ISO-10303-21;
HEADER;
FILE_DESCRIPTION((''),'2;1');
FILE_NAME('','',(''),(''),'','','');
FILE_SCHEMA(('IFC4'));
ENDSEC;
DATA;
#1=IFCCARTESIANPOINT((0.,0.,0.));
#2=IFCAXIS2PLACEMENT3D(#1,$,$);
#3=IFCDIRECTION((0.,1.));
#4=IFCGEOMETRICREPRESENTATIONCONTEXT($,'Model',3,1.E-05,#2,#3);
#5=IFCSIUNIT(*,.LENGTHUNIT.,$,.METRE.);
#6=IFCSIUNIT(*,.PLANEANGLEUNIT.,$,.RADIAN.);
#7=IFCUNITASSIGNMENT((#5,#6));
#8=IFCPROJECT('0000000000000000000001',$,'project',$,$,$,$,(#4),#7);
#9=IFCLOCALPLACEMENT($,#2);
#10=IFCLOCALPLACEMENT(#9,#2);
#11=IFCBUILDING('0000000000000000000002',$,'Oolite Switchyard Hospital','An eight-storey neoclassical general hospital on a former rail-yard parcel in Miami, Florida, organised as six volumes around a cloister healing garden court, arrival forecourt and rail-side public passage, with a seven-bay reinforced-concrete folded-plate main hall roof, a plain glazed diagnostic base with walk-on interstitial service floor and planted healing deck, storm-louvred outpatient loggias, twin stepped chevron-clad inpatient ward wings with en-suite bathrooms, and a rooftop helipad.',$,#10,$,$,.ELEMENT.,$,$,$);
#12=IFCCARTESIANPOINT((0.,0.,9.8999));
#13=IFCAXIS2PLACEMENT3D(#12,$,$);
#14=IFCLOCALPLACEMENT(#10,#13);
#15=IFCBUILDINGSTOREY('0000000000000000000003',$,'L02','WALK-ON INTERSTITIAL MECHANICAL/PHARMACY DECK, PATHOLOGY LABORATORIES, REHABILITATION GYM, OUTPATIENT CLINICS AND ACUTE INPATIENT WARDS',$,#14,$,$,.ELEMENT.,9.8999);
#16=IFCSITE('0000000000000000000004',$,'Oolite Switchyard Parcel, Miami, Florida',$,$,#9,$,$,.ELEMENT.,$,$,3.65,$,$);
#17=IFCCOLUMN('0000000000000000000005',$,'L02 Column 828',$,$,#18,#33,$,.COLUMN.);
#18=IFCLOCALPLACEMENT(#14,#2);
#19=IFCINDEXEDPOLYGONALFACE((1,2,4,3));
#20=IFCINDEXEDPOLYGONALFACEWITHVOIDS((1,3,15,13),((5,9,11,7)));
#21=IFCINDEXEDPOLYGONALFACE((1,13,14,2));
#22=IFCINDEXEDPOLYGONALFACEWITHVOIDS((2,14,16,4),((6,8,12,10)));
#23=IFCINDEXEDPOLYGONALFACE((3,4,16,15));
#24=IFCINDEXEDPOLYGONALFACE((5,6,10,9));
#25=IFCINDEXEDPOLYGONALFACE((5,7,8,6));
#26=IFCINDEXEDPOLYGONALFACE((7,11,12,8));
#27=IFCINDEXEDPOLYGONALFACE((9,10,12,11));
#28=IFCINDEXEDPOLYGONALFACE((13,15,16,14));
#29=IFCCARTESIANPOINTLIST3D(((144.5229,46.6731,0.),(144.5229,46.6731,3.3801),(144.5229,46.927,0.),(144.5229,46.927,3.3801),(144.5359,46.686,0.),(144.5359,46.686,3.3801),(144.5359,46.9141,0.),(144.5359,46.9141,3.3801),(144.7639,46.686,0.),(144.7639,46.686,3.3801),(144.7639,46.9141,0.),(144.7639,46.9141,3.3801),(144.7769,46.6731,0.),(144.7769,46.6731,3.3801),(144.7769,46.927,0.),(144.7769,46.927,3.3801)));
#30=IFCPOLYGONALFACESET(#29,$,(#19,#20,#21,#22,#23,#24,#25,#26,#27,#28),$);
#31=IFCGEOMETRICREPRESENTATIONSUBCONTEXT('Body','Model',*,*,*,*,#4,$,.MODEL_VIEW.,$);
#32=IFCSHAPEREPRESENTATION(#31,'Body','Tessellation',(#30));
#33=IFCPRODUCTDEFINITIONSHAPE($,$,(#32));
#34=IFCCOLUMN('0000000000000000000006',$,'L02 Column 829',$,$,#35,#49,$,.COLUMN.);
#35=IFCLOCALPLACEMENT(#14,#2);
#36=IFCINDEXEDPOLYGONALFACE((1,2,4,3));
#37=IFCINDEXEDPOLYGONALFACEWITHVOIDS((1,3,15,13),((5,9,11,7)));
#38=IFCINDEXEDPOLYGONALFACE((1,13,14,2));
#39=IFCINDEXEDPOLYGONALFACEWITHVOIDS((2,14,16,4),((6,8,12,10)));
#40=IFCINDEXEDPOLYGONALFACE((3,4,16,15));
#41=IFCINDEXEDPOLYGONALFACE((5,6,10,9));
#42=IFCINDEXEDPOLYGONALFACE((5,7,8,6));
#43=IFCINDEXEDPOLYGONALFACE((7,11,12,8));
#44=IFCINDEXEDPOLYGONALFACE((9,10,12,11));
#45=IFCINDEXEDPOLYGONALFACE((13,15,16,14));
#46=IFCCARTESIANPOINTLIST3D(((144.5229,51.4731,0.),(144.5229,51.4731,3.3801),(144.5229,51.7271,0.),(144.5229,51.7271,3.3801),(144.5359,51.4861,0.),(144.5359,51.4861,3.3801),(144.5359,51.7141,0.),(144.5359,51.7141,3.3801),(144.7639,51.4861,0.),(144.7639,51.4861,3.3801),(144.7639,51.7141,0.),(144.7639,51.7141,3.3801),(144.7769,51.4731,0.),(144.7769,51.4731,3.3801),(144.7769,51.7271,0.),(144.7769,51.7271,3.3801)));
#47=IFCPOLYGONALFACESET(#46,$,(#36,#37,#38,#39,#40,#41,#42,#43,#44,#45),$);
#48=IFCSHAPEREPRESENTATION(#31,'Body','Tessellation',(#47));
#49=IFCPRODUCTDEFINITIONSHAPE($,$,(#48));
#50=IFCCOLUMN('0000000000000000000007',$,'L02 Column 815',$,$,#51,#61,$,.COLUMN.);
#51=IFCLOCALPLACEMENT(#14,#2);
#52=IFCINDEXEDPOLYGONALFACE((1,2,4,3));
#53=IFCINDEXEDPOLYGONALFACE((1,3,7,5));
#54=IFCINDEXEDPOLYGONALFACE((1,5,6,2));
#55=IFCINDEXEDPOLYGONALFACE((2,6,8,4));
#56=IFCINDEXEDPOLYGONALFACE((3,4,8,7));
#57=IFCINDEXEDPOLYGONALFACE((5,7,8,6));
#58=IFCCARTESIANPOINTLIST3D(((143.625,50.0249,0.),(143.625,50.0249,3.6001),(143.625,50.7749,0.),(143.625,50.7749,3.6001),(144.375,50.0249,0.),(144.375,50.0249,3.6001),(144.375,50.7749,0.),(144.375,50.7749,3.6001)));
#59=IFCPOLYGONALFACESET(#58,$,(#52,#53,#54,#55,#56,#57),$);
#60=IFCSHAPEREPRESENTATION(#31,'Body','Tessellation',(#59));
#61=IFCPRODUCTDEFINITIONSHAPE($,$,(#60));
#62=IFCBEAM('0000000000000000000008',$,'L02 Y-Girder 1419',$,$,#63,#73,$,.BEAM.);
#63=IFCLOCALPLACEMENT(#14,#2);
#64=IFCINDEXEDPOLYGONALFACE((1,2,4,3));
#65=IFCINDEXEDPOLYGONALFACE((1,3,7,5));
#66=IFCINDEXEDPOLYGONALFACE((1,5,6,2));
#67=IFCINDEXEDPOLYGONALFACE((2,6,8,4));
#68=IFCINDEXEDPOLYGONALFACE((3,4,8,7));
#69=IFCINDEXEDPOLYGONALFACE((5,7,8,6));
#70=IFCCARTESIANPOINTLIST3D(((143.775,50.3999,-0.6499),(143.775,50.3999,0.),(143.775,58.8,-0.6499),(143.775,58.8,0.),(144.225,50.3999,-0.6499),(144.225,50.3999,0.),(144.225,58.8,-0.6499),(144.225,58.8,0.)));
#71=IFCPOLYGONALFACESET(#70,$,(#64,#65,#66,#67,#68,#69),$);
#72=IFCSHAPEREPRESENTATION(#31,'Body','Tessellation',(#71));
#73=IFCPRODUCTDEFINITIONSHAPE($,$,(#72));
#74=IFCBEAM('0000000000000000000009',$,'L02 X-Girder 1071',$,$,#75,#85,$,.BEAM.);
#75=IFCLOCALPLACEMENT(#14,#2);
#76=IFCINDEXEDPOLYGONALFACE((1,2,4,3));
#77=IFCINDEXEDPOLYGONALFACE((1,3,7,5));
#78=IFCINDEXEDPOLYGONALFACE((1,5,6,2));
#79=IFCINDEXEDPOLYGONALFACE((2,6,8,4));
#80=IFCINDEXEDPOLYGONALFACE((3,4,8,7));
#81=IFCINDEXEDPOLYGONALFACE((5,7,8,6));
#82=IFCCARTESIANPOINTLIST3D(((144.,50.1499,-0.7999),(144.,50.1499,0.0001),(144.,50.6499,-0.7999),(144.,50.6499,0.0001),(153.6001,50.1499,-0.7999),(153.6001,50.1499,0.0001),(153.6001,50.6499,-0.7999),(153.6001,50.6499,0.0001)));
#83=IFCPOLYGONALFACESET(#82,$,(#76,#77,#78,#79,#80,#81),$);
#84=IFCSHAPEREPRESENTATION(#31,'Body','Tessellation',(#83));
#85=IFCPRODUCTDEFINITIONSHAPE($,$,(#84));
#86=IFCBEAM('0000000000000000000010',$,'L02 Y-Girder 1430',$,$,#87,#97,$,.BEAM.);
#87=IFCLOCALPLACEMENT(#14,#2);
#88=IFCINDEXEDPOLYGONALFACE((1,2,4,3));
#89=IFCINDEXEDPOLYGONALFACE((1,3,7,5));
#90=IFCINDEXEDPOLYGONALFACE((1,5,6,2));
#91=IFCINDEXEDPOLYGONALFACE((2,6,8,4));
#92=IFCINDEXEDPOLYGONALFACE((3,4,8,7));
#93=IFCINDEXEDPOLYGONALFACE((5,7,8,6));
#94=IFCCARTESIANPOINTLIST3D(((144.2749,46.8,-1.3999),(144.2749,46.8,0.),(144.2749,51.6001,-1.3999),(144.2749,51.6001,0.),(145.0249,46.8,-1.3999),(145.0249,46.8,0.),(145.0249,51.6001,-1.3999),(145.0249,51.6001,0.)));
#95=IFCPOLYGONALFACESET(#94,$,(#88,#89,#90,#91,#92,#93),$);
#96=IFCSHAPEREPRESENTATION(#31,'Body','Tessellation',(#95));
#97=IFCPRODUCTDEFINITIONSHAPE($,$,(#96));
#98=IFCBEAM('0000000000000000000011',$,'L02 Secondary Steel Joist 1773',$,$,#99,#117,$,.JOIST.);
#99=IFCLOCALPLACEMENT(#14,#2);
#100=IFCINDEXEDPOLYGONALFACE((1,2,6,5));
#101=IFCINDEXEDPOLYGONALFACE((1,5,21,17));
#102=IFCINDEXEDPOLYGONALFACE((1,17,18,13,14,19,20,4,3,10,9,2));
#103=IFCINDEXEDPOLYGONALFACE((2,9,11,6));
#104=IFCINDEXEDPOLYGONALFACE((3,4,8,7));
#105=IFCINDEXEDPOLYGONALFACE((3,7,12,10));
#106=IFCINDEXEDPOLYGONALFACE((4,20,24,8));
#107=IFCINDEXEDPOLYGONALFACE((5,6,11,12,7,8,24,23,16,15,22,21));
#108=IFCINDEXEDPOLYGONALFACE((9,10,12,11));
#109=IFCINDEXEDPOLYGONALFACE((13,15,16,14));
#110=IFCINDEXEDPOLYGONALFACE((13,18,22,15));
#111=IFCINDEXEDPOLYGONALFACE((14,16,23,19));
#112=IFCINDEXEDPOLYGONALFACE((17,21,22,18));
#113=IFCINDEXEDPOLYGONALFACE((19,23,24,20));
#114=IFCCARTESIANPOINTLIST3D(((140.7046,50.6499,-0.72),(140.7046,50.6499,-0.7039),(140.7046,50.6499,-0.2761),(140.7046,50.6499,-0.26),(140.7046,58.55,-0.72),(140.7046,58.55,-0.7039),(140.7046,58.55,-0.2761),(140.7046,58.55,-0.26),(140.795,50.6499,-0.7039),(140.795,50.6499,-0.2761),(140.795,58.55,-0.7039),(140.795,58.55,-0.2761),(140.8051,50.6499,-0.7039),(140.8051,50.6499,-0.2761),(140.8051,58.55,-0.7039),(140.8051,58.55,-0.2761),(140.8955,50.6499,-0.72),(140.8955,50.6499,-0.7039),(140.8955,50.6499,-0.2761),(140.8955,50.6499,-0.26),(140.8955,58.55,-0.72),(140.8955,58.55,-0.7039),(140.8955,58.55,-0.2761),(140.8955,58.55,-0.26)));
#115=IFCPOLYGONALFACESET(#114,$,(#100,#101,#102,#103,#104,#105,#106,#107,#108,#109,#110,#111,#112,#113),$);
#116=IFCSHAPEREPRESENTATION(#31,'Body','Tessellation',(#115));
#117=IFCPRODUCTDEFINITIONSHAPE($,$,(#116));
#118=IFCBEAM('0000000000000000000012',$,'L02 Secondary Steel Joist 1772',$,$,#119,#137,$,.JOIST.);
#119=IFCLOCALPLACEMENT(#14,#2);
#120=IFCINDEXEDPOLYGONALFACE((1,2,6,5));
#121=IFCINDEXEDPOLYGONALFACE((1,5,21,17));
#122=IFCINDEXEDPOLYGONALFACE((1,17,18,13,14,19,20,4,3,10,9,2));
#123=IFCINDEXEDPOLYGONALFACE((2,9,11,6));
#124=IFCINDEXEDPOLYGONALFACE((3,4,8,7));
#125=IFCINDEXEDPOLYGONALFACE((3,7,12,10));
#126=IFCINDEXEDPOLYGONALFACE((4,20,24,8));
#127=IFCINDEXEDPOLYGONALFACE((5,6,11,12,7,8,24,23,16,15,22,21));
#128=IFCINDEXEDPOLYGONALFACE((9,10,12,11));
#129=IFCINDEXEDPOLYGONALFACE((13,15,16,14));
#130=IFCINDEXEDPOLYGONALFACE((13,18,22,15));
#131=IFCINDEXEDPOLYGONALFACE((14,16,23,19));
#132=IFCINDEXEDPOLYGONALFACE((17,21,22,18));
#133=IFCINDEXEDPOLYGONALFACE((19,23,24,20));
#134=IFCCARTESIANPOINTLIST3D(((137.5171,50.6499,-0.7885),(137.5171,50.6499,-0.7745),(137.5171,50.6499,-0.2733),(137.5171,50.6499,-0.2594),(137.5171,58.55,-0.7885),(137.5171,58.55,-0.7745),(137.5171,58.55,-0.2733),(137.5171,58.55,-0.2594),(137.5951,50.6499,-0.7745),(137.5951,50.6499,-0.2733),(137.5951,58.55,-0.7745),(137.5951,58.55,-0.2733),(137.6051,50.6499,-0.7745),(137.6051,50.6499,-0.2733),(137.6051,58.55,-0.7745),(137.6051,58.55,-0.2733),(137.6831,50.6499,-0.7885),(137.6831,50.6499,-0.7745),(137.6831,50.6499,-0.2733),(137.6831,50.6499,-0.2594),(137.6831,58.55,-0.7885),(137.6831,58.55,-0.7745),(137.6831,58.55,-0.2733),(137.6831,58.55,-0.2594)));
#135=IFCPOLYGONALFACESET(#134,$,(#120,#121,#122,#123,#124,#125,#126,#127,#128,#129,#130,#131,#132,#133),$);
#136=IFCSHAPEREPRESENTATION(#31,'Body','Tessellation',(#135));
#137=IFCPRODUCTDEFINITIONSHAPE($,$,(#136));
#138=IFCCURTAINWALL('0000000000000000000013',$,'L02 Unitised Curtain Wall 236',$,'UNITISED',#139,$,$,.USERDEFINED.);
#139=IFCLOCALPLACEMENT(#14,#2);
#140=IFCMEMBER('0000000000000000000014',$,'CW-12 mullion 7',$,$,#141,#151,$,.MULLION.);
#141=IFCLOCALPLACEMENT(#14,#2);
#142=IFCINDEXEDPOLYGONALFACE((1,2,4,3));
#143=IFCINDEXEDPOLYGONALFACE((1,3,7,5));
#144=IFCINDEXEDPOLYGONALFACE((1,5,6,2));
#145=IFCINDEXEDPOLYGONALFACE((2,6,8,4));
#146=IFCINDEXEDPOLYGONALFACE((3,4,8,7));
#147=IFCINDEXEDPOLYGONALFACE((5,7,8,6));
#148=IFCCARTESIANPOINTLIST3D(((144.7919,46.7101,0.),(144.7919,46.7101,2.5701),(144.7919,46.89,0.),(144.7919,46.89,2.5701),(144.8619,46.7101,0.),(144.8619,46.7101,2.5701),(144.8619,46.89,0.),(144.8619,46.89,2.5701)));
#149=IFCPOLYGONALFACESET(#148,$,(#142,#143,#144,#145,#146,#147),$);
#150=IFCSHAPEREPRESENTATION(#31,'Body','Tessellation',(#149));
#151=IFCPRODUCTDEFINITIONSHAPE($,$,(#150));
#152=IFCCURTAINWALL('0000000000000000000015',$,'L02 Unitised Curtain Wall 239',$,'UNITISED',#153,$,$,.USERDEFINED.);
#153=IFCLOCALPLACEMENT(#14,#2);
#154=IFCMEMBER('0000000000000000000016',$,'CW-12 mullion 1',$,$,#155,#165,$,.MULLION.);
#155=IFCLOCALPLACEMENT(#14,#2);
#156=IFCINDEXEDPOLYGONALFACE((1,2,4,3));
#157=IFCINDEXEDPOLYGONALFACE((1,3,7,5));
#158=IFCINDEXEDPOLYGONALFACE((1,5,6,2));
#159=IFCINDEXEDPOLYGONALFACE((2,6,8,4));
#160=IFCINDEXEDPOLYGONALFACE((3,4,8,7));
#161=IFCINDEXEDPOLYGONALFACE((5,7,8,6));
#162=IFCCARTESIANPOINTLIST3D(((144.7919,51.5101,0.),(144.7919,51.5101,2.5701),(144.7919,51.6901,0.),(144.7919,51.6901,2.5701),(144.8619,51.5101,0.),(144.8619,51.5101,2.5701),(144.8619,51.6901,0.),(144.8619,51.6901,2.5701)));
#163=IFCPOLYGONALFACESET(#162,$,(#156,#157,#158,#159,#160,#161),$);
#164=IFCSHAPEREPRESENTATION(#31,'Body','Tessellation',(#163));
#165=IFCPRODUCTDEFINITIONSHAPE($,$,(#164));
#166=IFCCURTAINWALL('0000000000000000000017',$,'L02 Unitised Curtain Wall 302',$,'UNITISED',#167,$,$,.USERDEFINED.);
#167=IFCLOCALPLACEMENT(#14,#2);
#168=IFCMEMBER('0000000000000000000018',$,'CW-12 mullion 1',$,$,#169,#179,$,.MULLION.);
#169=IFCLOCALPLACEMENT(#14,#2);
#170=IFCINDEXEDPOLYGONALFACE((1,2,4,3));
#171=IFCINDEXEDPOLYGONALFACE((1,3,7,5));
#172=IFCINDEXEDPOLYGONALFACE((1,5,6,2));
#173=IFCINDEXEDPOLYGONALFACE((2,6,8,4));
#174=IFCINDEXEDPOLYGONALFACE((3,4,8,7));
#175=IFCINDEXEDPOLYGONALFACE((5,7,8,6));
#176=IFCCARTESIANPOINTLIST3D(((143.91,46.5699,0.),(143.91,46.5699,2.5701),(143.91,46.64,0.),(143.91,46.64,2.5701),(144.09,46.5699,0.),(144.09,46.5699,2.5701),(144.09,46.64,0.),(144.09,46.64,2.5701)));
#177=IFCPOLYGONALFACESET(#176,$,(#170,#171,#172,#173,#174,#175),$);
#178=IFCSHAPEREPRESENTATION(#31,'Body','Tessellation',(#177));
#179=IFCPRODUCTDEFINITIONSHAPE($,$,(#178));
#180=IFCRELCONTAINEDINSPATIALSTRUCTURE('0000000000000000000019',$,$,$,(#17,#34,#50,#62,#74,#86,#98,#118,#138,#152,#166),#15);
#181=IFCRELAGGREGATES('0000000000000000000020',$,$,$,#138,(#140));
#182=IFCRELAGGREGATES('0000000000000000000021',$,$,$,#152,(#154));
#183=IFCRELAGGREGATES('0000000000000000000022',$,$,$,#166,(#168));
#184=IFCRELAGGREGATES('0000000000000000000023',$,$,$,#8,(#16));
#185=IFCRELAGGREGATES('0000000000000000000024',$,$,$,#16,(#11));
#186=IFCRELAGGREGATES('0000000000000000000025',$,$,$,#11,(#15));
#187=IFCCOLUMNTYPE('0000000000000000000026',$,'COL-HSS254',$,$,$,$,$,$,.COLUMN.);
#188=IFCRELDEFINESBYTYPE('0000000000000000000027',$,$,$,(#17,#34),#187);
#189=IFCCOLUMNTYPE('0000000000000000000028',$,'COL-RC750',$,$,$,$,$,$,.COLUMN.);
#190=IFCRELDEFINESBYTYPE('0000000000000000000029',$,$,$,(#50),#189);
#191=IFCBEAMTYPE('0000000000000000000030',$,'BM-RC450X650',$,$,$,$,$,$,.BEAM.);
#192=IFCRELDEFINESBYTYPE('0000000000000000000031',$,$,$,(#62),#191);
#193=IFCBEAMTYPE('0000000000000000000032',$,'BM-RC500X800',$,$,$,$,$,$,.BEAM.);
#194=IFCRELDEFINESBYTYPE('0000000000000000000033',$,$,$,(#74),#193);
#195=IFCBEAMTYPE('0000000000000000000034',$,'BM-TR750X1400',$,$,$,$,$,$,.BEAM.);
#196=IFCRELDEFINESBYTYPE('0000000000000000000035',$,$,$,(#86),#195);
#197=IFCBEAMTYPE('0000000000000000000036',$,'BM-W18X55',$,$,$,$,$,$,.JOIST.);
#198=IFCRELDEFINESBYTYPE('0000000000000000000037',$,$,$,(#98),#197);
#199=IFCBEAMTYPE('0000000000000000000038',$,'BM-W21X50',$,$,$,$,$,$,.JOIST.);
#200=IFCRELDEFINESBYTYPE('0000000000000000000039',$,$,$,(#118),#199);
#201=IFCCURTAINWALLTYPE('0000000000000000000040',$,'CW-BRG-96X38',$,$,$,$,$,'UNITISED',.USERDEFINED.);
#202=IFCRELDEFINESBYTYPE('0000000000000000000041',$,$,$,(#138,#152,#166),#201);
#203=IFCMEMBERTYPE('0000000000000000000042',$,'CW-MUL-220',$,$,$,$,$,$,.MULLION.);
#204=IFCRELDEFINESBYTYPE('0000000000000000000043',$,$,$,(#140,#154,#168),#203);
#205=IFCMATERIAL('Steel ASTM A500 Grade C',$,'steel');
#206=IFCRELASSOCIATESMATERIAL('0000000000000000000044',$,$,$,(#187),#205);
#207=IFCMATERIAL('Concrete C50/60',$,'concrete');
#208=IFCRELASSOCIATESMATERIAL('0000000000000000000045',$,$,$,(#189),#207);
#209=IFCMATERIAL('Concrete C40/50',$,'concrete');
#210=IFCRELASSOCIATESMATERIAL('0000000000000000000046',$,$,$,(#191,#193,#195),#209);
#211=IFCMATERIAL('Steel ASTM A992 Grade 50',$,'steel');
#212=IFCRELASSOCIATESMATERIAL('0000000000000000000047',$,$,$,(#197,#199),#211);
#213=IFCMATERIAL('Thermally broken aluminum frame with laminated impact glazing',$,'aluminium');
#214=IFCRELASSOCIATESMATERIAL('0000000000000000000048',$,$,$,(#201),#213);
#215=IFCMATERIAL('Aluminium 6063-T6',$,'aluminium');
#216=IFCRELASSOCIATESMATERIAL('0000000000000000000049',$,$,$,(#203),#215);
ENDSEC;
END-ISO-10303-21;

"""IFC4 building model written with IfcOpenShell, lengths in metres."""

from ifc_helpers import new_model, si_unit, direction, frame, origin, origin_2d, place, context, subcontext, project, spatial, rectangle, hollow_rectangle, i_section, extrude, material, material_profile, profile_set, type_object, element, aggregate, save


model = new_model("IFC4")

# Units and contexts
model_context = context("Model", 3, precision=1e-05, world=origin(), true_north=direction((0.0, 1.0)))
body_context = subcontext(model_context, "Body", "Model", "MODEL_VIEW")
ifc_project = project(units=[si_unit("LENGTHUNIT", "METRE"), si_unit("PLANEANGLEUNIT", "RADIAN")], contexts=[model_context])

# Site, building, storey
site_placement = place(None, origin())
site = spatial("IfcSite", under=ifc_project, at=site_placement, Name="Oolite Switchyard Parcel, Miami, Florida", CompositionType="ELEMENT", RefElevation=3.65)
building_placement = place(site_placement, origin())
building = spatial("IfcBuilding", under=site, at=building_placement, Name="Oolite Switchyard Hospital", Description="An eight-storey neoclassical general hospital on a former rail-yard parcel in Miami, Florida, organised as six volumes around a cloister healing garden court, arrival forecourt and rail-side public passage, with a seven-bay reinforced-concrete folded-plate main hall roof, a plain glazed diagnostic base with walk-on interstitial service floor and planted healing deck, storm-louvred outpatient loggias, twin stepped chevron-clad inpatient ward wings with en-suite bathrooms, and a rooftop helipad.", CompositionType="ELEMENT")
storey_placement = place(building_placement, frame((0.0, 0.0, 9.8999)))
storey = spatial("IfcBuildingStorey", under=building, at=storey_placement, Name="L02", Description="WALK-ON INTERSTITIAL MECHANICAL/PHARMACY DECK, PATHOLOGY LABORATORIES, REHABILITATION GYM, OUTPATIENT CLINICS AND ACUTE INPATIENT WARDS", CompositionType="ELEMENT", Elevation=9.8999)

# Columns
ifc_material_1 = material(Name="Steel ASTM A500 Grade C", Category="steel")
ifc_material_profile_1 = material_profile(ifc_material_1, hollow_rectangle(XDim=0.2539, YDim=0.2539, WallThickness=0.0129, at=origin_2d()), Name="HSS254X254X13")
ifc_profile_set_1 = profile_set([ifc_material_profile_1], Name="Steel ASTM A500 Grade C")
column_type_1 = type_object("IfcColumnType", Name="COL-HSS254", PredefinedType="COLUMN", material=ifc_profile_set_1)
for number, where, z_axis, x_axis, name in (
    (1, (144.6499, 46.8, 0.0), (0.0, 0.0, 1.0), (1.0, 0.0, 0.0), "L02 Column 828"),
    (2, (144.6499, 51.6001, 0.0), (0.0, 0.0, 1.0), (1.0, 0.0, 0.0), "L02 Column 829"),
):
    element("IfcColumn", number, at=place(storey_placement, frame(where, z_axis=z_axis, x_axis=x_axis)), inside=storey, type_object=column_type_1, Name=name, PredefinedType="COLUMN", context=body_context, shape_type="SweptSolid", body=[
        extrude(hollow_rectangle(XDim=0.2539, YDim=0.2539, WallThickness=0.0129, at=origin_2d()), origin(), (0.0, 0.0, 1.0), 3.3801),
    ])
ifc_material_2 = material(Name="Concrete C50/60", Category="concrete")
ifc_material_profile_2 = material_profile(ifc_material_2, rectangle(XDim=0.75, YDim=0.75, at=origin_2d()), Name="RC750X750")
ifc_profile_set_2 = profile_set([ifc_material_profile_2], Name="Concrete C50/60")
column_type_2 = type_object("IfcColumnType", Name="COL-RC750", PredefinedType="COLUMN", material=ifc_profile_set_2)
column_placement = place(storey_placement, frame((144.0, 50.3999, 0.0), z_axis=(0.0, 0.0, 1.0), x_axis=(1.0, 0.0, 0.0)))
element("IfcColumn", 3, at=column_placement, inside=storey, type_object=column_type_2, Name="L02 Column 815", PredefinedType="COLUMN", context=body_context, shape_type="SweptSolid", body=[
    extrude(rectangle(XDim=0.75, YDim=0.75, at=origin_2d()), origin(), (0.0, 0.0, 1.0), 3.6001),
])

# Beams
ifc_material_3 = material(Name="Concrete C40/50", Category="concrete")
ifc_material_profile_3 = material_profile(ifc_material_3, rectangle(XDim=0.45, YDim=0.6499, at=origin_2d()), Name="RCB450X650")
ifc_profile_set_3 = profile_set([ifc_material_profile_3], Name="Concrete C40/50")
beam_type_1 = type_object("IfcBeamType", Name="BM-RC450X650", PredefinedType="BEAM", material=ifc_profile_set_3)
beam_1_placement = place(storey_placement, frame((144.0, 50.3999, -0.325), z_axis=(0.0, 1.0, 0.0), x_axis=(-1.0, 0.0, 0.0)))
element("IfcBeam", 4, at=beam_1_placement, inside=storey, type_object=beam_type_1, Name="L02 Y-Girder 1419", PredefinedType="BEAM", context=body_context, shape_type="SweptSolid", body=[
    extrude(rectangle(XDim=0.45, YDim=0.6499, at=origin_2d()), origin(), (0.0, 0.0, 1.0), 8.4001),
])
ifc_material_profile_4 = material_profile(ifc_material_3, rectangle(XDim=0.5, YDim=0.8, at=origin_2d()), Name="RCB500X800")
ifc_profile_set_4 = profile_set([ifc_material_profile_4], Name="Concrete C40/50")
beam_type_2 = type_object("IfcBeamType", Name="BM-RC500X800", PredefinedType="BEAM", material=ifc_profile_set_4)
beam_2_placement = place(storey_placement, frame((144.0, 50.3999, -0.3999), z_axis=(1.0, 0.0, 0.0), x_axis=(0.0, 1.0, 0.0)))
element("IfcBeam", 5, at=beam_2_placement, inside=storey, type_object=beam_type_2, Name="L02 X-Girder 1071", PredefinedType="BEAM", context=body_context, shape_type="SweptSolid", body=[
    extrude(rectangle(XDim=0.5, YDim=0.8, at=origin_2d()), origin(), (0.0, 0.0, 1.0), 9.6001),
])
ifc_material_profile_5 = material_profile(ifc_material_3, rectangle(XDim=0.75, YDim=1.3999, at=origin_2d()), Name="RCT750X1400")
ifc_profile_set_5 = profile_set([ifc_material_profile_5], Name="Concrete C40/50")
beam_type_3 = type_object("IfcBeamType", Name="BM-TR750X1400", PredefinedType="BEAM", material=ifc_profile_set_5)
beam_3_placement = place(storey_placement, frame((144.6499, 46.8, -0.7), z_axis=(0.0, 1.0, 0.0), x_axis=(-1.0, 0.0, 0.0)))
element("IfcBeam", 6, at=beam_3_placement, inside=storey, type_object=beam_type_3, Name="L02 Y-Girder 1430", PredefinedType="BEAM", context=body_context, shape_type="SweptSolid", body=[
    extrude(rectangle(XDim=0.75, YDim=1.3999, at=origin_2d()), origin(), (0.0, 0.0, 1.0), 4.8),
])
ifc_material_4 = material(Name="Steel ASTM A992 Grade 50", Category="steel")
ifc_material_profile_6 = material_profile(ifc_material_4, i_section(OverallWidth=0.1909, OverallDepth=0.46, WebThickness=0.01, FlangeThickness=0.0161, at=origin_2d()), Name="W18X55")
ifc_profile_set_6 = profile_set([ifc_material_profile_6], Name="Steel ASTM A992 Grade 50")
beam_type_4 = type_object("IfcBeamType", Name="BM-W18X55", PredefinedType="JOIST", material=ifc_profile_set_6)
beam_4_placement = place(storey_placement, frame((140.8, 50.6499, -0.49), z_axis=(0.0, 1.0, 0.0), x_axis=(-1.0, 0.0, 0.0)))
element("IfcBeam", 7, at=beam_4_placement, inside=storey, type_object=beam_type_4, Name="L02 Secondary Steel Joist 1773", PredefinedType="JOIST", context=body_context, shape_type="SweptSolid", body=[
    extrude(i_section(OverallWidth=0.1909, OverallDepth=0.46, WebThickness=0.01, FlangeThickness=0.0161, at=origin_2d()), origin(), (0.0, 0.0, 1.0), 7.9001),
])
ifc_material_profile_7 = material_profile(ifc_material_4, i_section(OverallWidth=0.166, OverallDepth=0.5291, WebThickness=0.01, FlangeThickness=0.0139, at=origin_2d()), Name="W21X50")
ifc_profile_set_7 = profile_set([ifc_material_profile_7], Name="Steel ASTM A992 Grade 50")
beam_type_5 = type_object("IfcBeamType", Name="BM-W21X50", PredefinedType="JOIST", material=ifc_profile_set_7)
beam_5_placement = place(storey_placement, frame((137.6001, 50.6499, -0.5239), z_axis=(0.0, 1.0, 0.0), x_axis=(-1.0, 0.0, 0.0)))
element("IfcBeam", 8, at=beam_5_placement, inside=storey, type_object=beam_type_5, Name="L02 Secondary Steel Joist 1772", PredefinedType="JOIST", context=body_context, shape_type="SweptSolid", body=[
    extrude(i_section(OverallWidth=0.166, OverallDepth=0.5291, WebThickness=0.01, FlangeThickness=0.0139, at=origin_2d()), origin(), (0.0, 0.0, 1.0), 7.9001),
])

# Curtain walls, members
ifc_material_5 = material(Name="Thermally broken aluminum frame with laminated impact glazing", Category="aluminium")
curtain_wall_type = type_object("IfcCurtainWallType", Name="CW-BRG-96X38", ElementType="UNITISED", PredefinedType="USERDEFINED", material=ifc_material_5)
curtain_wall_1_placement = place(storey_placement, origin())
curtain_wall_1 = element("IfcCurtainWall", 9, at=curtain_wall_1_placement, inside=storey, type_object=curtain_wall_type, Name="L02 Unitised Curtain Wall 236", ObjectType="UNITISED", PredefinedType="USERDEFINED")
ifc_material_6 = material(Name="Aluminium 6063-T6", Category="aluminium")
ifc_material_profile_8 = material_profile(ifc_material_6, rectangle(XDim=0.1799, YDim=0.0701, at=origin_2d()), Name="CWM70X180")
ifc_profile_set_8 = profile_set([ifc_material_profile_8], Name="Aluminium 6063-T6")
member_type_1 = type_object("IfcMemberType", Name="CW-MUL-220", PredefinedType="MULLION", material=ifc_profile_set_8)
member_1_placement = place(storey_placement, frame((144.8269, 46.8, 0.0), z_axis=(0.0, 0.0, 1.0), x_axis=(0.0, -1.0, 0.0)))
member_1 = element("IfcMember", 10, at=member_1_placement, type_object=member_type_1, Name="CW-12 mullion 7", PredefinedType="MULLION", context=body_context, shape_type="SweptSolid", body=[
    extrude(rectangle(XDim=0.1799, YDim=0.0701, at=origin_2d()), origin(), (0.0, 0.0, 1.0), 2.5701),
])
aggregate(curtain_wall_1, [member_1])
curtain_wall_2_placement = place(storey_placement, origin())
curtain_wall_2 = element("IfcCurtainWall", 11, at=curtain_wall_2_placement, inside=storey, type_object=curtain_wall_type, Name="L02 Unitised Curtain Wall 239", ObjectType="UNITISED", PredefinedType="USERDEFINED")
member_2_placement = place(storey_placement, frame((144.8269, 51.6001, 0.0), z_axis=(0.0, 0.0, 1.0), x_axis=(0.0, 1.0, 0.0)))
member_2 = element("IfcMember", 12, at=member_2_placement, type_object=member_type_1, Name="CW-12 mullion 1", PredefinedType="MULLION", context=body_context, shape_type="SweptSolid", body=[
    extrude(rectangle(XDim=0.1799, YDim=0.0701, at=origin_2d()), origin(), (0.0, 0.0, 1.0), 2.5701),
])

# Curtain wall, member
curtain_wall_3_placement = place(storey_placement, origin())
curtain_wall_3 = element("IfcCurtainWall", 13, at=curtain_wall_3_placement, inside=storey, type_object=curtain_wall_type, Name="L02 Unitised Curtain Wall 302", ObjectType="UNITISED", PredefinedType="USERDEFINED")
member_3_placement = place(storey_placement, frame((144.0, 46.605, 0.0), z_axis=(0.0, 0.0, 1.0), x_axis=(1.0, 0.0, 0.0)))
member_3 = element("IfcMember", 14, at=member_3_placement, type_object=member_type_1, Name="CW-12 mullion 1", PredefinedType="MULLION", context=body_context, shape_type="SweptSolid", body=[
    extrude(rectangle(XDim=0.1799, YDim=0.0701, at=origin_2d()), origin(), (0.0, 0.0, 1.0), 2.5701),
])

aggregate(curtain_wall_2, [member_2])

aggregate(curtain_wall_3, [member_3])

save(model, "model.ifc")
